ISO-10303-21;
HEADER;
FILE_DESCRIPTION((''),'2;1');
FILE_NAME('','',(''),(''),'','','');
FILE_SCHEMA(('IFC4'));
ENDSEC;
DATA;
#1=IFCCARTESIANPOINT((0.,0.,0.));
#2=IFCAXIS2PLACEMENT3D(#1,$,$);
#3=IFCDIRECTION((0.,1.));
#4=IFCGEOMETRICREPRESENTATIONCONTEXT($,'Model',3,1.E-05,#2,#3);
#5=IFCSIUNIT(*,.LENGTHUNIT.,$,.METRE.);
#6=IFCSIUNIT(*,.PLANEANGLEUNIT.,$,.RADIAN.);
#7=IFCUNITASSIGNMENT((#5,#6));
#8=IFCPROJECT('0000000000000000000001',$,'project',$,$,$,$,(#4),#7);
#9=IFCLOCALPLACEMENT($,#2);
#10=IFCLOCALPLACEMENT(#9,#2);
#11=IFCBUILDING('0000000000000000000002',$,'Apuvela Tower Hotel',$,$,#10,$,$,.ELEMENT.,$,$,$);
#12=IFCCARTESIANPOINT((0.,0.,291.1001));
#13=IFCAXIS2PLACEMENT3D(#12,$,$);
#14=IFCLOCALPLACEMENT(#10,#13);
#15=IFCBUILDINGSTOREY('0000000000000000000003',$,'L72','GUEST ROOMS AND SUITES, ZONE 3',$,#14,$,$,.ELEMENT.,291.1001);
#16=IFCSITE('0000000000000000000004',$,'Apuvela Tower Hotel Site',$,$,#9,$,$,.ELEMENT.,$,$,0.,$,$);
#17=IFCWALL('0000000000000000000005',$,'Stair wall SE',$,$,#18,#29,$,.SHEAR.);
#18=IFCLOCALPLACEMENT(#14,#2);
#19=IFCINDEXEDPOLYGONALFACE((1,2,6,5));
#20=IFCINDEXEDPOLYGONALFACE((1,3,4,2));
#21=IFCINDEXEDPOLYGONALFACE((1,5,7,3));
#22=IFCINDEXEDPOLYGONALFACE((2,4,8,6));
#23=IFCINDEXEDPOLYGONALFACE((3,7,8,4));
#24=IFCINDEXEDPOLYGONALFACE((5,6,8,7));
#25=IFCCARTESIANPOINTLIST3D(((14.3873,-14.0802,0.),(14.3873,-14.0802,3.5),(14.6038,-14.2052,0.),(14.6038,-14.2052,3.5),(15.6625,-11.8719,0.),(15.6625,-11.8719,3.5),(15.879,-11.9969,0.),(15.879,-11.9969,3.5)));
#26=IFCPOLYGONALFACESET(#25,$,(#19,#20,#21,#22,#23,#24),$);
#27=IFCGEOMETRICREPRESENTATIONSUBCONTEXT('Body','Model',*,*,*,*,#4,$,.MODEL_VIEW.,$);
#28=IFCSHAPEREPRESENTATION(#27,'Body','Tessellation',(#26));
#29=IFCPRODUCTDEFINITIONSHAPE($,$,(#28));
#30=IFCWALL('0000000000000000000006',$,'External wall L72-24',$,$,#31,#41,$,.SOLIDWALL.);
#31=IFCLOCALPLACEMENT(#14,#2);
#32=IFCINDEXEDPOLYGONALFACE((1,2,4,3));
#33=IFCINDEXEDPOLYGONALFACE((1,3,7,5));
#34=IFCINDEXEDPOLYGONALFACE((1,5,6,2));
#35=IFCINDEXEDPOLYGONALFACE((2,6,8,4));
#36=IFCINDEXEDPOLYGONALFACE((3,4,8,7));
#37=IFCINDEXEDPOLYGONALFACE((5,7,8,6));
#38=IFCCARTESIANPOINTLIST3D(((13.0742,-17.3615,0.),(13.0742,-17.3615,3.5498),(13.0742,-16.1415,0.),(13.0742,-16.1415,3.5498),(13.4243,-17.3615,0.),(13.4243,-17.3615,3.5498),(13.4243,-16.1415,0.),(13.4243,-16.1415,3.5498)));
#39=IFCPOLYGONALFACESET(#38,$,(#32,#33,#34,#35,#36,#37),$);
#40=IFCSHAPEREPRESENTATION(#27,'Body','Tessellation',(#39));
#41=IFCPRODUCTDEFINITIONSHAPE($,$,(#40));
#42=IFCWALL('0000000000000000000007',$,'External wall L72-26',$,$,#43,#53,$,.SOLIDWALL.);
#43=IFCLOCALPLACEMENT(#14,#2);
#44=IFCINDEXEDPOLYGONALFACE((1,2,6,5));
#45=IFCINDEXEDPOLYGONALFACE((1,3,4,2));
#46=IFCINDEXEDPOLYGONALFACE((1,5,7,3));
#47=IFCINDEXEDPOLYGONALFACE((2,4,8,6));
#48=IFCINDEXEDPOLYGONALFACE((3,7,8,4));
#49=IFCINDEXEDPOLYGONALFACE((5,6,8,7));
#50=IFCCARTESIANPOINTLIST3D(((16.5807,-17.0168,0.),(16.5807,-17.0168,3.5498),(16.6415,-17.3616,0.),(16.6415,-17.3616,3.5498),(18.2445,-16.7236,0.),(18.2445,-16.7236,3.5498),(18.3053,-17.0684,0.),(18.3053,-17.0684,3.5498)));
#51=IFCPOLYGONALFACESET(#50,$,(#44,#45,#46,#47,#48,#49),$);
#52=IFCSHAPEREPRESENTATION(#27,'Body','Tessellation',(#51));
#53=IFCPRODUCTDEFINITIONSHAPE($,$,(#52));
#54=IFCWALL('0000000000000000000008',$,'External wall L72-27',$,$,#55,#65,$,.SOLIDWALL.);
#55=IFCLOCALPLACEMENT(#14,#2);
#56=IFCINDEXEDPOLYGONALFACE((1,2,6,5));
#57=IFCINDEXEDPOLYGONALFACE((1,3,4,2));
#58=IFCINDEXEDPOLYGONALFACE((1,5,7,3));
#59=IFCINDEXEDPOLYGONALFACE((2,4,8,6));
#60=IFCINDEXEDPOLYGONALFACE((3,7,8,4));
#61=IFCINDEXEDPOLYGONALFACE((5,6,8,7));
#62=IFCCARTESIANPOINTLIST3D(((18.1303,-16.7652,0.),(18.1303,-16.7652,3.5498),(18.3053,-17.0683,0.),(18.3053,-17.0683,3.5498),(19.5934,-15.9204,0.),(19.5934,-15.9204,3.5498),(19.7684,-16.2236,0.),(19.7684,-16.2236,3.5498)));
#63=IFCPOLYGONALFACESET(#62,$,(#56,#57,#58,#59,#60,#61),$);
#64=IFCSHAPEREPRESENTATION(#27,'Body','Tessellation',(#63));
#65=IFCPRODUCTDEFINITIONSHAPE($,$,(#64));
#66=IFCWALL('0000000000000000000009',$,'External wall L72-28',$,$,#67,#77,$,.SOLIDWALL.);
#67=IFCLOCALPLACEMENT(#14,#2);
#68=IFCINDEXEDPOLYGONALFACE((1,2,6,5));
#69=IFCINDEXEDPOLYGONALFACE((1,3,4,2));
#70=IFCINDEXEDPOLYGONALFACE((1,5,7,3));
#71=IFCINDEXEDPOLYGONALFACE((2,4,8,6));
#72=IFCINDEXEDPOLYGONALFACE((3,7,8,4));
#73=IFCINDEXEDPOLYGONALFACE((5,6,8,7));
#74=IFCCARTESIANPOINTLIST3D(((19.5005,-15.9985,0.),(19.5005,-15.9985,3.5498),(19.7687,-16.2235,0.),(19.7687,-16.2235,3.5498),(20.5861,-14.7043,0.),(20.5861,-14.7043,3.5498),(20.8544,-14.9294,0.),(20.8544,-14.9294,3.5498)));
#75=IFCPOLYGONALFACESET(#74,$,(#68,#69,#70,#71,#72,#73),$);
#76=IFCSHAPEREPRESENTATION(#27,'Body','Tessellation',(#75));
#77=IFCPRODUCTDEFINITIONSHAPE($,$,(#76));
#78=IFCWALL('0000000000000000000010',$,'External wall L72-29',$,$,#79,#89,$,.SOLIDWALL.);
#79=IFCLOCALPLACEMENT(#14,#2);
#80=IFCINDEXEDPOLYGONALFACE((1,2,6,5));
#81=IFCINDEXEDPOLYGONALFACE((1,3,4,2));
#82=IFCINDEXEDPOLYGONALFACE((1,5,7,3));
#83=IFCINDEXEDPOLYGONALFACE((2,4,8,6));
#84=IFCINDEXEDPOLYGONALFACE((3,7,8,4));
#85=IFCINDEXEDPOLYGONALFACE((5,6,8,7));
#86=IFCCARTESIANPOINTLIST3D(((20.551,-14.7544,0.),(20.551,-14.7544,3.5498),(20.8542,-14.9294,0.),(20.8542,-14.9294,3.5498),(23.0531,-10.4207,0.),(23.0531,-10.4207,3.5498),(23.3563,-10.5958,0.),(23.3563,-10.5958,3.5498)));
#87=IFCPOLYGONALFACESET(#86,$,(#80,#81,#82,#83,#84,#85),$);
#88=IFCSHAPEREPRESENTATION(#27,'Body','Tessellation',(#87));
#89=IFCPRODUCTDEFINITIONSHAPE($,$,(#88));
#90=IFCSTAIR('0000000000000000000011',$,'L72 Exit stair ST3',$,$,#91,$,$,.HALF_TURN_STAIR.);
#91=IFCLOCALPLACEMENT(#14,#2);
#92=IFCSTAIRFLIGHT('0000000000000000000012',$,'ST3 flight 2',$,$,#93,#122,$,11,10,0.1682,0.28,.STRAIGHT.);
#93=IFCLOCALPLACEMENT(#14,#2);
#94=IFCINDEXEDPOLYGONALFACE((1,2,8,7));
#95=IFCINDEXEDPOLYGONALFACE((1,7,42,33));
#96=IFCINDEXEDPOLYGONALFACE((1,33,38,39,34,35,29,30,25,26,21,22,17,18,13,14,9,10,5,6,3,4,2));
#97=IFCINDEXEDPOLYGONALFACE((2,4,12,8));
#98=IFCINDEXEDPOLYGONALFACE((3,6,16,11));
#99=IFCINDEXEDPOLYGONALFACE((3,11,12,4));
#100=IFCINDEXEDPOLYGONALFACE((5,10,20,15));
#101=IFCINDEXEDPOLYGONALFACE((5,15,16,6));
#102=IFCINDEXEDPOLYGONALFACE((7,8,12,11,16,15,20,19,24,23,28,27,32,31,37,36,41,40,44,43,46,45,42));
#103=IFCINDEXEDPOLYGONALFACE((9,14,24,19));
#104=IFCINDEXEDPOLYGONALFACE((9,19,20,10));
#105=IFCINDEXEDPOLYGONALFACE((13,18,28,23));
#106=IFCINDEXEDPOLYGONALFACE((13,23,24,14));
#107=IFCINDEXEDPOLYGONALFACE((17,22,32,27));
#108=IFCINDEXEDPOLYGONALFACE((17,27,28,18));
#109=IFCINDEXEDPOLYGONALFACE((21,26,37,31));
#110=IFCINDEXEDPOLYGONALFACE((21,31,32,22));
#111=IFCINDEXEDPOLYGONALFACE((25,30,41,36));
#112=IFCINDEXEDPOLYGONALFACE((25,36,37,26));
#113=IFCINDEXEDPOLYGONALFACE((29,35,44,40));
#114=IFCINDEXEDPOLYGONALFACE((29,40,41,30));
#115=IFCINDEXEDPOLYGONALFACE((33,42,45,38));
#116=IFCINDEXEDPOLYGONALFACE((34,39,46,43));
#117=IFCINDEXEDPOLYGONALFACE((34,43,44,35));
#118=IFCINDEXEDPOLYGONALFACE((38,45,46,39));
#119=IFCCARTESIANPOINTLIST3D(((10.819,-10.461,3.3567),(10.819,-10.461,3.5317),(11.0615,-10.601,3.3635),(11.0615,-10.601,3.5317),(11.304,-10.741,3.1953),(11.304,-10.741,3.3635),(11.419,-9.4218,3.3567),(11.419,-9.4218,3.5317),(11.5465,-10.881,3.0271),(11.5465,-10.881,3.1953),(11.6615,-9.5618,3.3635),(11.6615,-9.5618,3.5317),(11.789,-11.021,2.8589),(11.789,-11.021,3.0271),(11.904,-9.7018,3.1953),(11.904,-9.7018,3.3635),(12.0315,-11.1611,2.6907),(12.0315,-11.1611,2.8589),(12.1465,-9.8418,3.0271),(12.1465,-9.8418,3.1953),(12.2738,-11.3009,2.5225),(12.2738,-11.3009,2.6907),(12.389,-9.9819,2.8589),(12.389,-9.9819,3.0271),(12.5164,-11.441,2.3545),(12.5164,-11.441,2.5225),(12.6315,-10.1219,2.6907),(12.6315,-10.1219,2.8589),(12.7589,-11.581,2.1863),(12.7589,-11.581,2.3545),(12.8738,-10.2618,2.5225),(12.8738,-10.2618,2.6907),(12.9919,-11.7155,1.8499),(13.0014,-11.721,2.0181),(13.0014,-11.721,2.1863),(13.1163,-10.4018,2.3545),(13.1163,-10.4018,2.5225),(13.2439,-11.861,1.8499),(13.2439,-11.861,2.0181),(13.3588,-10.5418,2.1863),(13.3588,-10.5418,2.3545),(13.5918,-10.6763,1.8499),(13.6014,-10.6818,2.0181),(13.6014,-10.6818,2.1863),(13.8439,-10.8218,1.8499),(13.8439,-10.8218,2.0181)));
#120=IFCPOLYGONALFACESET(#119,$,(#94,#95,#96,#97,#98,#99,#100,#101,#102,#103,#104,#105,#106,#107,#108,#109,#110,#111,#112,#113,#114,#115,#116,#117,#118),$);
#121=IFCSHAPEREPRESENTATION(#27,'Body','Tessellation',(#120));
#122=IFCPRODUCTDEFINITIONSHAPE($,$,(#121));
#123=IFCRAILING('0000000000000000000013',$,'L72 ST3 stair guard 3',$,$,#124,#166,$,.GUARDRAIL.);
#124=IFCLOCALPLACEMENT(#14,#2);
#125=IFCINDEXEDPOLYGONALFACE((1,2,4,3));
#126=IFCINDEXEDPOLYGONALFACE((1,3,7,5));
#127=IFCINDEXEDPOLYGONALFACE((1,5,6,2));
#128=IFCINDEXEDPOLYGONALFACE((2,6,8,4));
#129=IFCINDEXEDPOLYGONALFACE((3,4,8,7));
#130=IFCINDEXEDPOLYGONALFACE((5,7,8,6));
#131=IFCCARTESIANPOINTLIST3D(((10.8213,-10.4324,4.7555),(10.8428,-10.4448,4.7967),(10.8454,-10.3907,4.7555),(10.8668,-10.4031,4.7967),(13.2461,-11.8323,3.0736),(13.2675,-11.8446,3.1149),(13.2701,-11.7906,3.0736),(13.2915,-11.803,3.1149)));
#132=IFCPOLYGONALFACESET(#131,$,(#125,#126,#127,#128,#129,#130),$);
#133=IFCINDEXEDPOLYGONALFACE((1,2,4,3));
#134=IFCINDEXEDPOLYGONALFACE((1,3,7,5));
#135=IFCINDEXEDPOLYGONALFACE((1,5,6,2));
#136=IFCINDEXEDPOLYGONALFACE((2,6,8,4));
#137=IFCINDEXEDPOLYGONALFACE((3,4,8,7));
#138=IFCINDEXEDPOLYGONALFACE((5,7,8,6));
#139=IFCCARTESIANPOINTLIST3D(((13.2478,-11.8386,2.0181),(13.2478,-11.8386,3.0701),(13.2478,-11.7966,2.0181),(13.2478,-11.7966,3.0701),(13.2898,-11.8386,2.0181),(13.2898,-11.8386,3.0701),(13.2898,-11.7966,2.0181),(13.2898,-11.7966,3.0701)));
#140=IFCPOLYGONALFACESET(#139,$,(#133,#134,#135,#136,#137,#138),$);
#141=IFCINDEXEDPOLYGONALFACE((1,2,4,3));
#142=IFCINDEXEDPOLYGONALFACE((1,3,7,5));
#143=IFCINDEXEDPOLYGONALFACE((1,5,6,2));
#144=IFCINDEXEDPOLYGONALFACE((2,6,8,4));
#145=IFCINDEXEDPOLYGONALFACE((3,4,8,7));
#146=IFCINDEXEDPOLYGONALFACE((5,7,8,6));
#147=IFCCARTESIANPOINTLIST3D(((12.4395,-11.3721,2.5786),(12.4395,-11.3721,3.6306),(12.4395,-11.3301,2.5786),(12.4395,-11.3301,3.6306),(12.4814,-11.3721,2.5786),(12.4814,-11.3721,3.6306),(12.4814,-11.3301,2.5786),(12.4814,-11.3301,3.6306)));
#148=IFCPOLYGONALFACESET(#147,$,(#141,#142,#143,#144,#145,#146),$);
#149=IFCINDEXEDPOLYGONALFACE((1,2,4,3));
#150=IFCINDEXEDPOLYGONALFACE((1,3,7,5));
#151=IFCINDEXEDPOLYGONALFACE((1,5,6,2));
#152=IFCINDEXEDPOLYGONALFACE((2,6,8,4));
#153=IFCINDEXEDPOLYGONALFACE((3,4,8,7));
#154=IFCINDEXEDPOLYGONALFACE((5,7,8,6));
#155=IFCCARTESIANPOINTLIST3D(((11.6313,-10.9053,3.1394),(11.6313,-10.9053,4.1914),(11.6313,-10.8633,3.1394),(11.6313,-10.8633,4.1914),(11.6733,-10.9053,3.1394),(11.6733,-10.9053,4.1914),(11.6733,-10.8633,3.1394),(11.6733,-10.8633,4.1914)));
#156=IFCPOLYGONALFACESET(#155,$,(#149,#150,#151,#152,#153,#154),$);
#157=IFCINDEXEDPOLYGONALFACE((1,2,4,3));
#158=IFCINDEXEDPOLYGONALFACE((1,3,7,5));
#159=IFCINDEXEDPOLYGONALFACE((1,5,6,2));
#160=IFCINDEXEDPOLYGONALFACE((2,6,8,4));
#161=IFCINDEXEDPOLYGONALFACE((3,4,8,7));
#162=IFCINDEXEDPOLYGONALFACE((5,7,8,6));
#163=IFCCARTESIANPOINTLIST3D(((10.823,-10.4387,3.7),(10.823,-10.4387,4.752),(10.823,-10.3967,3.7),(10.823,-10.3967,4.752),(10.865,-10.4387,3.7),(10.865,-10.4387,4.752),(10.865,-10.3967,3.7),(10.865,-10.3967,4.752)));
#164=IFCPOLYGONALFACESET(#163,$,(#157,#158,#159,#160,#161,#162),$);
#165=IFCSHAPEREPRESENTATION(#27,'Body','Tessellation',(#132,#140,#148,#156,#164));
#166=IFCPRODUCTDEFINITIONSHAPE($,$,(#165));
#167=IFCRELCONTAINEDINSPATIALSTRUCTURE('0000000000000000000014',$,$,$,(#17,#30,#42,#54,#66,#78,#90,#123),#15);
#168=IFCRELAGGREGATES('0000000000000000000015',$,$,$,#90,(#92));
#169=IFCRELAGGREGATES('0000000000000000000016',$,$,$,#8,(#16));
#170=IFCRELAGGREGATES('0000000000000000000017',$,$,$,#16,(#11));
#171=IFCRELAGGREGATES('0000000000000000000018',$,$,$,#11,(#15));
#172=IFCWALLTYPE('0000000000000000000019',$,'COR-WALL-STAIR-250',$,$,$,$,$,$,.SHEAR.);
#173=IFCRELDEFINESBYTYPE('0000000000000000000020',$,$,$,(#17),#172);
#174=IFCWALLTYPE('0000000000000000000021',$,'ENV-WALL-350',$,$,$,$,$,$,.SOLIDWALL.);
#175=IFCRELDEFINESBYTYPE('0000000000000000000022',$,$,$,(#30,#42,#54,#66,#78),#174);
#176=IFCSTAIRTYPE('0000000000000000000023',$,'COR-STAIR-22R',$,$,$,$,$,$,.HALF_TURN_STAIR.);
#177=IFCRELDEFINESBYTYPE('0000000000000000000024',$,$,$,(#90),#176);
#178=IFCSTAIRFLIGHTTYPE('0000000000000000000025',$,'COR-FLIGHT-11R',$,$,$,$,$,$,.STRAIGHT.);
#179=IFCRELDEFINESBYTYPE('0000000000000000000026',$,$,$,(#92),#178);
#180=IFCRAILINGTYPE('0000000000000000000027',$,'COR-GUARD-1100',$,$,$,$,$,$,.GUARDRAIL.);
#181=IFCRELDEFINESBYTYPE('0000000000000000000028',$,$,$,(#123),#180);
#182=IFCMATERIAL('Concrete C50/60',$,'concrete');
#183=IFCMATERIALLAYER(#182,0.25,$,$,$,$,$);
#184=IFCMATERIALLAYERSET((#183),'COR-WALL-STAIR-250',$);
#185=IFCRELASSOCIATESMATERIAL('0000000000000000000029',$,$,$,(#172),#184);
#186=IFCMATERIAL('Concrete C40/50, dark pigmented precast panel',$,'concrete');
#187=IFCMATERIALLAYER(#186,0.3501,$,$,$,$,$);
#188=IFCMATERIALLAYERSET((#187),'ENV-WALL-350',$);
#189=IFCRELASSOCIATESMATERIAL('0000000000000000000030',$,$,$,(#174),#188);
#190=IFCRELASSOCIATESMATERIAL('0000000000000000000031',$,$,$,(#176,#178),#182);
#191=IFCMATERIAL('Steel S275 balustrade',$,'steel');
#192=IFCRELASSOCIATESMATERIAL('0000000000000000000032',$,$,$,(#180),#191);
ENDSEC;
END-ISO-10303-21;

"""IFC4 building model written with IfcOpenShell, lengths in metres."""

from ifc_helpers import new_model, si_unit, direction, frame, frame_2d, origin, origin_2d, place, context, subcontext, project, spatial, polyline, rectangle, outline, extrude, material, layer, layer_set, type_object, element, aggregate, save


model = new_model("IFC4")

# Units and contexts
model_context = context("Model", 3, precision=1e-05, world=origin(), true_north=direction((0.0, 1.0)))
body_context = subcontext(model_context, "Body", "Model", "MODEL_VIEW")
ifc_project = project(units=[si_unit("LENGTHUNIT", "METRE"), si_unit("PLANEANGLEUNIT", "RADIAN")], contexts=[model_context])

# Site, building, storey
site_placement = place(None, origin())
site = spatial("IfcSite", under=ifc_project, at=site_placement, Name="Apuvela Tower Hotel Site", CompositionType="ELEMENT", RefElevation=0.0)
building_placement = place(site_placement, origin())
building = spatial("IfcBuilding", under=site, at=building_placement, Name="Apuvela Tower Hotel", CompositionType="ELEMENT")
storey_placement = place(building_placement, frame((0.0, 0.0, 291.1001)))
storey = spatial("IfcBuildingStorey", under=building, at=storey_placement, Name="L72", Description="GUEST ROOMS AND SUITES, ZONE 3", CompositionType="ELEMENT", Elevation=291.1001)

# Walls
ifc_material_1 = material(Name="Concrete C50/60", Category="concrete")
ifc_layer_1 = layer(ifc_material_1, 0.25)
ifc_layer_set_1 = layer_set([ifc_layer_1], Name="COR-WALL-STAIR-250")
wall_type_1 = type_object("IfcWallType", Name="COR-WALL-STAIR-250", PredefinedType="SHEAR", material=ifc_layer_set_1)
wall_1_placement = place(storey_placement, frame((14.4956, -14.1426, 0.0), z_axis=(0.0, 0.0, 1.0), x_axis=(0.500062, 0.865989, 0.0)))
element("IfcWall", 1, at=wall_1_placement, inside=storey, type_object=wall_type_1, Name="Stair wall SE", PredefinedType="SHEAR", context=body_context, shape_type="SweptSolid", body=[
    extrude(rectangle(XDim=2.55, YDim=0.25, at=frame_2d((1.2749, 0.0))), origin(), (0.0, 0.0, 1.0), 3.5),
])
ifc_material_2 = material(Name="Concrete C40/50, dark pigmented precast panel", Category="concrete")
ifc_layer_2 = layer(ifc_material_2, 0.3501)
ifc_layer_set_2 = layer_set([ifc_layer_2], Name="ENV-WALL-350")
wall_type_2 = type_object("IfcWallType", Name="ENV-WALL-350", PredefinedType="SOLIDWALL", material=ifc_layer_set_2)
wall_2_placement = place(storey_placement, frame((13.2493, -16.1416, 0.0), z_axis=(0.0, 0.0, 1.0), x_axis=(0.0, -1.0, 0.0)))
element("IfcWall", 2, at=wall_2_placement, inside=storey, type_object=wall_type_2, Name="External wall L72-24", PredefinedType="SOLIDWALL", context=body_context, shape_type="SweptSolid", body=[
    extrude(rectangle(XDim=1.22, YDim=0.3501, at=frame_2d((0.6099, 0.0))), origin(), (0.0, 0.0, 1.0), 3.5498),
])
for number, where, z_axis, x_axis, name in (
    (3, (16.6111, -17.1892, 0.0), (0.0, 0.0, 1.0), (0.984824, 0.173555, 0.0), "External wall L72-26"),
    (4, (18.2178, -16.9167, 0.0), (0.0, 0.0, 1.0), (0.866029, 0.499993, 0.0), "External wall L72-27"),
):
    element("IfcWall", number, at=place(storey_placement, frame(where, z_axis=z_axis, x_axis=x_axis)), inside=storey, type_object=wall_type_2, Name=name, PredefinedType="SOLIDWALL", context=body_context, shape_type="SweptSolid", body=[
        extrude(rectangle(XDim=1.6895, YDim=0.3501, at=frame_2d((0.8447, 0.0))), origin(), (0.0, 0.0, 1.0), 3.5498),
    ])
wall_3_placement = place(storey_placement, frame((19.6345, -16.1111, 0.0), z_axis=(0.0, 0.0, 1.0), x_axis=(0.642697, 0.76612, 0.0)))
element("IfcWall", 5, at=wall_3_placement, inside=storey, type_object=wall_type_2, Name="External wall L72-28", PredefinedType="SOLIDWALL", context=body_context, shape_type="SweptSolid", body=[
    extrude(rectangle(XDim=1.6892, YDim=0.3501, at=frame_2d((0.8447, 0.0))), origin(), (0.0, 0.0, 1.0), 3.5498),
])
wall_4_placement = place(storey_placement, frame((20.7026, -14.8418, 0.0), z_axis=(0.0, 0.0, 1.0), x_axis=(0.500017, 0.866016, 0.0)))
element("IfcWall", 6, at=wall_4_placement, inside=storey, type_object=wall_type_2, Name="External wall L72-29", PredefinedType="SOLIDWALL", context=body_context, shape_type="SweptSolid", body=[
    extrude(rectangle(XDim=5.0042, YDim=0.3501, at=frame_2d((2.502, 0.0))), origin(), (0.0, 0.0, 1.0), 3.5498),
])

# Stair, stair flight
stair_type = type_object("IfcStairType", Name="COR-STAIR-22R", PredefinedType="HALF_TURN_STAIR", material=ifc_material_1)
stair_placement = place(storey_placement, origin())
stair = element("IfcStair", 7, at=stair_placement, inside=storey, type_object=stair_type, Name="L72 Exit stair ST3", PredefinedType="HALF_TURN_STAIR")
stair_flight_type = type_object("IfcStairFlightType", Name="COR-FLIGHT-11R", PredefinedType="STRAIGHT", material=ifc_material_1)
stair_flight_placement = place(storey_placement, frame((13.5439, -11.3413, 1.8499), z_axis=(0.0, 0.0, 1.0), x_axis=(-0.866025, 0.5, 0.0)))
stair_flight = element("IfcStairFlight", 8, at=stair_flight_placement, type_object=stair_flight_type, Name="ST3 flight 2", NumberOfRisers=11, NumberOfTreads=10, PredefinedType="STRAIGHT", RiserHeight=0.1682, TreadLength=0.28, context=body_context, shape_type="SweptSolid", body=[
    extrude(outline(polyline([(0.0, 0.0), (0.0, 0.1682), (0.28, 0.1682), (0.28, 0.3364), (0.5601, 0.3364), (0.5601, 0.5046), (0.8401, 0.5046), (0.8401, 0.6726), (1.1201, 0.6726), (1.1201, 0.8408), (1.3999, 0.8408), (1.3999, 1.009), (1.6799, 1.009), (1.6799, 1.1772), (1.96, 1.1772), (1.96, 1.3455), (2.24, 1.3455), (2.24, 1.5137), (2.52, 1.5137), (2.52, 1.6819), (2.8, 1.6819), (2.8, 1.8501), (2.8, 1.5068), (0.291, 0.0), (0.0, 0.0)])), frame((0.0, 0.6001, 0.0), z_axis=(0.0, -1.0, 0.0), x_axis=(1.0, 0.0, 0.0)), (0.0, 0.0, 1.0), 1.2),
])
aggregate(stair, [stair_flight])

# Railing
ifc_material_3 = material(Name="Steel S275 balustrade", Category="steel")
railing_type_1 = type_object("IfcRailingType", Name="COR-GUARD-1100", PredefinedType="GUARDRAIL", material=ifc_material_3)
railing_1_placement = place(storey_placement, frame((13.2688, -11.8176, 2.0181)))
element("IfcRailing", 9, at=railing_1_placement, inside=storey, type_object=railing_type_1, Name="L72 ST3 stair guard 3", PredefinedType="GUARDRAIL", context=body_context, shape_type="SweptSolid", body=[
    extrude(rectangle(XDim=0.0481, YDim=0.0481, at=origin_2d()), frame((0.0, 0.0, 1.0762), z_axis=(-0.74239, 0.428601, 0.514934), x_axis=(-0.499984, -0.866035, 0.0)), (0.0, 0.0, 1.0), 3.2661),
    extrude(rectangle(XDim=0.042, YDim=0.042, at=origin_2d()), origin(), (0.0, 0.0, 1.0), 1.052),
    extrude(rectangle(XDim=0.042, YDim=0.042, at=origin_2d()), frame((-0.8083, 0.4666, 0.5605)), (0.0, 0.0, 1.0), 1.052),
    extrude(rectangle(XDim=0.042, YDim=0.042, at=origin_2d()), frame((-1.6165, 0.9333, 1.1213)), (0.0, 0.0, 1.0), 1.052),
    extrude(rectangle(XDim=0.042, YDim=0.042, at=origin_2d()), frame((-2.4248, 1.3999, 1.6819)), (0.0, 0.0, 1.0), 1.052),
])

save(model, "model.ifc")
